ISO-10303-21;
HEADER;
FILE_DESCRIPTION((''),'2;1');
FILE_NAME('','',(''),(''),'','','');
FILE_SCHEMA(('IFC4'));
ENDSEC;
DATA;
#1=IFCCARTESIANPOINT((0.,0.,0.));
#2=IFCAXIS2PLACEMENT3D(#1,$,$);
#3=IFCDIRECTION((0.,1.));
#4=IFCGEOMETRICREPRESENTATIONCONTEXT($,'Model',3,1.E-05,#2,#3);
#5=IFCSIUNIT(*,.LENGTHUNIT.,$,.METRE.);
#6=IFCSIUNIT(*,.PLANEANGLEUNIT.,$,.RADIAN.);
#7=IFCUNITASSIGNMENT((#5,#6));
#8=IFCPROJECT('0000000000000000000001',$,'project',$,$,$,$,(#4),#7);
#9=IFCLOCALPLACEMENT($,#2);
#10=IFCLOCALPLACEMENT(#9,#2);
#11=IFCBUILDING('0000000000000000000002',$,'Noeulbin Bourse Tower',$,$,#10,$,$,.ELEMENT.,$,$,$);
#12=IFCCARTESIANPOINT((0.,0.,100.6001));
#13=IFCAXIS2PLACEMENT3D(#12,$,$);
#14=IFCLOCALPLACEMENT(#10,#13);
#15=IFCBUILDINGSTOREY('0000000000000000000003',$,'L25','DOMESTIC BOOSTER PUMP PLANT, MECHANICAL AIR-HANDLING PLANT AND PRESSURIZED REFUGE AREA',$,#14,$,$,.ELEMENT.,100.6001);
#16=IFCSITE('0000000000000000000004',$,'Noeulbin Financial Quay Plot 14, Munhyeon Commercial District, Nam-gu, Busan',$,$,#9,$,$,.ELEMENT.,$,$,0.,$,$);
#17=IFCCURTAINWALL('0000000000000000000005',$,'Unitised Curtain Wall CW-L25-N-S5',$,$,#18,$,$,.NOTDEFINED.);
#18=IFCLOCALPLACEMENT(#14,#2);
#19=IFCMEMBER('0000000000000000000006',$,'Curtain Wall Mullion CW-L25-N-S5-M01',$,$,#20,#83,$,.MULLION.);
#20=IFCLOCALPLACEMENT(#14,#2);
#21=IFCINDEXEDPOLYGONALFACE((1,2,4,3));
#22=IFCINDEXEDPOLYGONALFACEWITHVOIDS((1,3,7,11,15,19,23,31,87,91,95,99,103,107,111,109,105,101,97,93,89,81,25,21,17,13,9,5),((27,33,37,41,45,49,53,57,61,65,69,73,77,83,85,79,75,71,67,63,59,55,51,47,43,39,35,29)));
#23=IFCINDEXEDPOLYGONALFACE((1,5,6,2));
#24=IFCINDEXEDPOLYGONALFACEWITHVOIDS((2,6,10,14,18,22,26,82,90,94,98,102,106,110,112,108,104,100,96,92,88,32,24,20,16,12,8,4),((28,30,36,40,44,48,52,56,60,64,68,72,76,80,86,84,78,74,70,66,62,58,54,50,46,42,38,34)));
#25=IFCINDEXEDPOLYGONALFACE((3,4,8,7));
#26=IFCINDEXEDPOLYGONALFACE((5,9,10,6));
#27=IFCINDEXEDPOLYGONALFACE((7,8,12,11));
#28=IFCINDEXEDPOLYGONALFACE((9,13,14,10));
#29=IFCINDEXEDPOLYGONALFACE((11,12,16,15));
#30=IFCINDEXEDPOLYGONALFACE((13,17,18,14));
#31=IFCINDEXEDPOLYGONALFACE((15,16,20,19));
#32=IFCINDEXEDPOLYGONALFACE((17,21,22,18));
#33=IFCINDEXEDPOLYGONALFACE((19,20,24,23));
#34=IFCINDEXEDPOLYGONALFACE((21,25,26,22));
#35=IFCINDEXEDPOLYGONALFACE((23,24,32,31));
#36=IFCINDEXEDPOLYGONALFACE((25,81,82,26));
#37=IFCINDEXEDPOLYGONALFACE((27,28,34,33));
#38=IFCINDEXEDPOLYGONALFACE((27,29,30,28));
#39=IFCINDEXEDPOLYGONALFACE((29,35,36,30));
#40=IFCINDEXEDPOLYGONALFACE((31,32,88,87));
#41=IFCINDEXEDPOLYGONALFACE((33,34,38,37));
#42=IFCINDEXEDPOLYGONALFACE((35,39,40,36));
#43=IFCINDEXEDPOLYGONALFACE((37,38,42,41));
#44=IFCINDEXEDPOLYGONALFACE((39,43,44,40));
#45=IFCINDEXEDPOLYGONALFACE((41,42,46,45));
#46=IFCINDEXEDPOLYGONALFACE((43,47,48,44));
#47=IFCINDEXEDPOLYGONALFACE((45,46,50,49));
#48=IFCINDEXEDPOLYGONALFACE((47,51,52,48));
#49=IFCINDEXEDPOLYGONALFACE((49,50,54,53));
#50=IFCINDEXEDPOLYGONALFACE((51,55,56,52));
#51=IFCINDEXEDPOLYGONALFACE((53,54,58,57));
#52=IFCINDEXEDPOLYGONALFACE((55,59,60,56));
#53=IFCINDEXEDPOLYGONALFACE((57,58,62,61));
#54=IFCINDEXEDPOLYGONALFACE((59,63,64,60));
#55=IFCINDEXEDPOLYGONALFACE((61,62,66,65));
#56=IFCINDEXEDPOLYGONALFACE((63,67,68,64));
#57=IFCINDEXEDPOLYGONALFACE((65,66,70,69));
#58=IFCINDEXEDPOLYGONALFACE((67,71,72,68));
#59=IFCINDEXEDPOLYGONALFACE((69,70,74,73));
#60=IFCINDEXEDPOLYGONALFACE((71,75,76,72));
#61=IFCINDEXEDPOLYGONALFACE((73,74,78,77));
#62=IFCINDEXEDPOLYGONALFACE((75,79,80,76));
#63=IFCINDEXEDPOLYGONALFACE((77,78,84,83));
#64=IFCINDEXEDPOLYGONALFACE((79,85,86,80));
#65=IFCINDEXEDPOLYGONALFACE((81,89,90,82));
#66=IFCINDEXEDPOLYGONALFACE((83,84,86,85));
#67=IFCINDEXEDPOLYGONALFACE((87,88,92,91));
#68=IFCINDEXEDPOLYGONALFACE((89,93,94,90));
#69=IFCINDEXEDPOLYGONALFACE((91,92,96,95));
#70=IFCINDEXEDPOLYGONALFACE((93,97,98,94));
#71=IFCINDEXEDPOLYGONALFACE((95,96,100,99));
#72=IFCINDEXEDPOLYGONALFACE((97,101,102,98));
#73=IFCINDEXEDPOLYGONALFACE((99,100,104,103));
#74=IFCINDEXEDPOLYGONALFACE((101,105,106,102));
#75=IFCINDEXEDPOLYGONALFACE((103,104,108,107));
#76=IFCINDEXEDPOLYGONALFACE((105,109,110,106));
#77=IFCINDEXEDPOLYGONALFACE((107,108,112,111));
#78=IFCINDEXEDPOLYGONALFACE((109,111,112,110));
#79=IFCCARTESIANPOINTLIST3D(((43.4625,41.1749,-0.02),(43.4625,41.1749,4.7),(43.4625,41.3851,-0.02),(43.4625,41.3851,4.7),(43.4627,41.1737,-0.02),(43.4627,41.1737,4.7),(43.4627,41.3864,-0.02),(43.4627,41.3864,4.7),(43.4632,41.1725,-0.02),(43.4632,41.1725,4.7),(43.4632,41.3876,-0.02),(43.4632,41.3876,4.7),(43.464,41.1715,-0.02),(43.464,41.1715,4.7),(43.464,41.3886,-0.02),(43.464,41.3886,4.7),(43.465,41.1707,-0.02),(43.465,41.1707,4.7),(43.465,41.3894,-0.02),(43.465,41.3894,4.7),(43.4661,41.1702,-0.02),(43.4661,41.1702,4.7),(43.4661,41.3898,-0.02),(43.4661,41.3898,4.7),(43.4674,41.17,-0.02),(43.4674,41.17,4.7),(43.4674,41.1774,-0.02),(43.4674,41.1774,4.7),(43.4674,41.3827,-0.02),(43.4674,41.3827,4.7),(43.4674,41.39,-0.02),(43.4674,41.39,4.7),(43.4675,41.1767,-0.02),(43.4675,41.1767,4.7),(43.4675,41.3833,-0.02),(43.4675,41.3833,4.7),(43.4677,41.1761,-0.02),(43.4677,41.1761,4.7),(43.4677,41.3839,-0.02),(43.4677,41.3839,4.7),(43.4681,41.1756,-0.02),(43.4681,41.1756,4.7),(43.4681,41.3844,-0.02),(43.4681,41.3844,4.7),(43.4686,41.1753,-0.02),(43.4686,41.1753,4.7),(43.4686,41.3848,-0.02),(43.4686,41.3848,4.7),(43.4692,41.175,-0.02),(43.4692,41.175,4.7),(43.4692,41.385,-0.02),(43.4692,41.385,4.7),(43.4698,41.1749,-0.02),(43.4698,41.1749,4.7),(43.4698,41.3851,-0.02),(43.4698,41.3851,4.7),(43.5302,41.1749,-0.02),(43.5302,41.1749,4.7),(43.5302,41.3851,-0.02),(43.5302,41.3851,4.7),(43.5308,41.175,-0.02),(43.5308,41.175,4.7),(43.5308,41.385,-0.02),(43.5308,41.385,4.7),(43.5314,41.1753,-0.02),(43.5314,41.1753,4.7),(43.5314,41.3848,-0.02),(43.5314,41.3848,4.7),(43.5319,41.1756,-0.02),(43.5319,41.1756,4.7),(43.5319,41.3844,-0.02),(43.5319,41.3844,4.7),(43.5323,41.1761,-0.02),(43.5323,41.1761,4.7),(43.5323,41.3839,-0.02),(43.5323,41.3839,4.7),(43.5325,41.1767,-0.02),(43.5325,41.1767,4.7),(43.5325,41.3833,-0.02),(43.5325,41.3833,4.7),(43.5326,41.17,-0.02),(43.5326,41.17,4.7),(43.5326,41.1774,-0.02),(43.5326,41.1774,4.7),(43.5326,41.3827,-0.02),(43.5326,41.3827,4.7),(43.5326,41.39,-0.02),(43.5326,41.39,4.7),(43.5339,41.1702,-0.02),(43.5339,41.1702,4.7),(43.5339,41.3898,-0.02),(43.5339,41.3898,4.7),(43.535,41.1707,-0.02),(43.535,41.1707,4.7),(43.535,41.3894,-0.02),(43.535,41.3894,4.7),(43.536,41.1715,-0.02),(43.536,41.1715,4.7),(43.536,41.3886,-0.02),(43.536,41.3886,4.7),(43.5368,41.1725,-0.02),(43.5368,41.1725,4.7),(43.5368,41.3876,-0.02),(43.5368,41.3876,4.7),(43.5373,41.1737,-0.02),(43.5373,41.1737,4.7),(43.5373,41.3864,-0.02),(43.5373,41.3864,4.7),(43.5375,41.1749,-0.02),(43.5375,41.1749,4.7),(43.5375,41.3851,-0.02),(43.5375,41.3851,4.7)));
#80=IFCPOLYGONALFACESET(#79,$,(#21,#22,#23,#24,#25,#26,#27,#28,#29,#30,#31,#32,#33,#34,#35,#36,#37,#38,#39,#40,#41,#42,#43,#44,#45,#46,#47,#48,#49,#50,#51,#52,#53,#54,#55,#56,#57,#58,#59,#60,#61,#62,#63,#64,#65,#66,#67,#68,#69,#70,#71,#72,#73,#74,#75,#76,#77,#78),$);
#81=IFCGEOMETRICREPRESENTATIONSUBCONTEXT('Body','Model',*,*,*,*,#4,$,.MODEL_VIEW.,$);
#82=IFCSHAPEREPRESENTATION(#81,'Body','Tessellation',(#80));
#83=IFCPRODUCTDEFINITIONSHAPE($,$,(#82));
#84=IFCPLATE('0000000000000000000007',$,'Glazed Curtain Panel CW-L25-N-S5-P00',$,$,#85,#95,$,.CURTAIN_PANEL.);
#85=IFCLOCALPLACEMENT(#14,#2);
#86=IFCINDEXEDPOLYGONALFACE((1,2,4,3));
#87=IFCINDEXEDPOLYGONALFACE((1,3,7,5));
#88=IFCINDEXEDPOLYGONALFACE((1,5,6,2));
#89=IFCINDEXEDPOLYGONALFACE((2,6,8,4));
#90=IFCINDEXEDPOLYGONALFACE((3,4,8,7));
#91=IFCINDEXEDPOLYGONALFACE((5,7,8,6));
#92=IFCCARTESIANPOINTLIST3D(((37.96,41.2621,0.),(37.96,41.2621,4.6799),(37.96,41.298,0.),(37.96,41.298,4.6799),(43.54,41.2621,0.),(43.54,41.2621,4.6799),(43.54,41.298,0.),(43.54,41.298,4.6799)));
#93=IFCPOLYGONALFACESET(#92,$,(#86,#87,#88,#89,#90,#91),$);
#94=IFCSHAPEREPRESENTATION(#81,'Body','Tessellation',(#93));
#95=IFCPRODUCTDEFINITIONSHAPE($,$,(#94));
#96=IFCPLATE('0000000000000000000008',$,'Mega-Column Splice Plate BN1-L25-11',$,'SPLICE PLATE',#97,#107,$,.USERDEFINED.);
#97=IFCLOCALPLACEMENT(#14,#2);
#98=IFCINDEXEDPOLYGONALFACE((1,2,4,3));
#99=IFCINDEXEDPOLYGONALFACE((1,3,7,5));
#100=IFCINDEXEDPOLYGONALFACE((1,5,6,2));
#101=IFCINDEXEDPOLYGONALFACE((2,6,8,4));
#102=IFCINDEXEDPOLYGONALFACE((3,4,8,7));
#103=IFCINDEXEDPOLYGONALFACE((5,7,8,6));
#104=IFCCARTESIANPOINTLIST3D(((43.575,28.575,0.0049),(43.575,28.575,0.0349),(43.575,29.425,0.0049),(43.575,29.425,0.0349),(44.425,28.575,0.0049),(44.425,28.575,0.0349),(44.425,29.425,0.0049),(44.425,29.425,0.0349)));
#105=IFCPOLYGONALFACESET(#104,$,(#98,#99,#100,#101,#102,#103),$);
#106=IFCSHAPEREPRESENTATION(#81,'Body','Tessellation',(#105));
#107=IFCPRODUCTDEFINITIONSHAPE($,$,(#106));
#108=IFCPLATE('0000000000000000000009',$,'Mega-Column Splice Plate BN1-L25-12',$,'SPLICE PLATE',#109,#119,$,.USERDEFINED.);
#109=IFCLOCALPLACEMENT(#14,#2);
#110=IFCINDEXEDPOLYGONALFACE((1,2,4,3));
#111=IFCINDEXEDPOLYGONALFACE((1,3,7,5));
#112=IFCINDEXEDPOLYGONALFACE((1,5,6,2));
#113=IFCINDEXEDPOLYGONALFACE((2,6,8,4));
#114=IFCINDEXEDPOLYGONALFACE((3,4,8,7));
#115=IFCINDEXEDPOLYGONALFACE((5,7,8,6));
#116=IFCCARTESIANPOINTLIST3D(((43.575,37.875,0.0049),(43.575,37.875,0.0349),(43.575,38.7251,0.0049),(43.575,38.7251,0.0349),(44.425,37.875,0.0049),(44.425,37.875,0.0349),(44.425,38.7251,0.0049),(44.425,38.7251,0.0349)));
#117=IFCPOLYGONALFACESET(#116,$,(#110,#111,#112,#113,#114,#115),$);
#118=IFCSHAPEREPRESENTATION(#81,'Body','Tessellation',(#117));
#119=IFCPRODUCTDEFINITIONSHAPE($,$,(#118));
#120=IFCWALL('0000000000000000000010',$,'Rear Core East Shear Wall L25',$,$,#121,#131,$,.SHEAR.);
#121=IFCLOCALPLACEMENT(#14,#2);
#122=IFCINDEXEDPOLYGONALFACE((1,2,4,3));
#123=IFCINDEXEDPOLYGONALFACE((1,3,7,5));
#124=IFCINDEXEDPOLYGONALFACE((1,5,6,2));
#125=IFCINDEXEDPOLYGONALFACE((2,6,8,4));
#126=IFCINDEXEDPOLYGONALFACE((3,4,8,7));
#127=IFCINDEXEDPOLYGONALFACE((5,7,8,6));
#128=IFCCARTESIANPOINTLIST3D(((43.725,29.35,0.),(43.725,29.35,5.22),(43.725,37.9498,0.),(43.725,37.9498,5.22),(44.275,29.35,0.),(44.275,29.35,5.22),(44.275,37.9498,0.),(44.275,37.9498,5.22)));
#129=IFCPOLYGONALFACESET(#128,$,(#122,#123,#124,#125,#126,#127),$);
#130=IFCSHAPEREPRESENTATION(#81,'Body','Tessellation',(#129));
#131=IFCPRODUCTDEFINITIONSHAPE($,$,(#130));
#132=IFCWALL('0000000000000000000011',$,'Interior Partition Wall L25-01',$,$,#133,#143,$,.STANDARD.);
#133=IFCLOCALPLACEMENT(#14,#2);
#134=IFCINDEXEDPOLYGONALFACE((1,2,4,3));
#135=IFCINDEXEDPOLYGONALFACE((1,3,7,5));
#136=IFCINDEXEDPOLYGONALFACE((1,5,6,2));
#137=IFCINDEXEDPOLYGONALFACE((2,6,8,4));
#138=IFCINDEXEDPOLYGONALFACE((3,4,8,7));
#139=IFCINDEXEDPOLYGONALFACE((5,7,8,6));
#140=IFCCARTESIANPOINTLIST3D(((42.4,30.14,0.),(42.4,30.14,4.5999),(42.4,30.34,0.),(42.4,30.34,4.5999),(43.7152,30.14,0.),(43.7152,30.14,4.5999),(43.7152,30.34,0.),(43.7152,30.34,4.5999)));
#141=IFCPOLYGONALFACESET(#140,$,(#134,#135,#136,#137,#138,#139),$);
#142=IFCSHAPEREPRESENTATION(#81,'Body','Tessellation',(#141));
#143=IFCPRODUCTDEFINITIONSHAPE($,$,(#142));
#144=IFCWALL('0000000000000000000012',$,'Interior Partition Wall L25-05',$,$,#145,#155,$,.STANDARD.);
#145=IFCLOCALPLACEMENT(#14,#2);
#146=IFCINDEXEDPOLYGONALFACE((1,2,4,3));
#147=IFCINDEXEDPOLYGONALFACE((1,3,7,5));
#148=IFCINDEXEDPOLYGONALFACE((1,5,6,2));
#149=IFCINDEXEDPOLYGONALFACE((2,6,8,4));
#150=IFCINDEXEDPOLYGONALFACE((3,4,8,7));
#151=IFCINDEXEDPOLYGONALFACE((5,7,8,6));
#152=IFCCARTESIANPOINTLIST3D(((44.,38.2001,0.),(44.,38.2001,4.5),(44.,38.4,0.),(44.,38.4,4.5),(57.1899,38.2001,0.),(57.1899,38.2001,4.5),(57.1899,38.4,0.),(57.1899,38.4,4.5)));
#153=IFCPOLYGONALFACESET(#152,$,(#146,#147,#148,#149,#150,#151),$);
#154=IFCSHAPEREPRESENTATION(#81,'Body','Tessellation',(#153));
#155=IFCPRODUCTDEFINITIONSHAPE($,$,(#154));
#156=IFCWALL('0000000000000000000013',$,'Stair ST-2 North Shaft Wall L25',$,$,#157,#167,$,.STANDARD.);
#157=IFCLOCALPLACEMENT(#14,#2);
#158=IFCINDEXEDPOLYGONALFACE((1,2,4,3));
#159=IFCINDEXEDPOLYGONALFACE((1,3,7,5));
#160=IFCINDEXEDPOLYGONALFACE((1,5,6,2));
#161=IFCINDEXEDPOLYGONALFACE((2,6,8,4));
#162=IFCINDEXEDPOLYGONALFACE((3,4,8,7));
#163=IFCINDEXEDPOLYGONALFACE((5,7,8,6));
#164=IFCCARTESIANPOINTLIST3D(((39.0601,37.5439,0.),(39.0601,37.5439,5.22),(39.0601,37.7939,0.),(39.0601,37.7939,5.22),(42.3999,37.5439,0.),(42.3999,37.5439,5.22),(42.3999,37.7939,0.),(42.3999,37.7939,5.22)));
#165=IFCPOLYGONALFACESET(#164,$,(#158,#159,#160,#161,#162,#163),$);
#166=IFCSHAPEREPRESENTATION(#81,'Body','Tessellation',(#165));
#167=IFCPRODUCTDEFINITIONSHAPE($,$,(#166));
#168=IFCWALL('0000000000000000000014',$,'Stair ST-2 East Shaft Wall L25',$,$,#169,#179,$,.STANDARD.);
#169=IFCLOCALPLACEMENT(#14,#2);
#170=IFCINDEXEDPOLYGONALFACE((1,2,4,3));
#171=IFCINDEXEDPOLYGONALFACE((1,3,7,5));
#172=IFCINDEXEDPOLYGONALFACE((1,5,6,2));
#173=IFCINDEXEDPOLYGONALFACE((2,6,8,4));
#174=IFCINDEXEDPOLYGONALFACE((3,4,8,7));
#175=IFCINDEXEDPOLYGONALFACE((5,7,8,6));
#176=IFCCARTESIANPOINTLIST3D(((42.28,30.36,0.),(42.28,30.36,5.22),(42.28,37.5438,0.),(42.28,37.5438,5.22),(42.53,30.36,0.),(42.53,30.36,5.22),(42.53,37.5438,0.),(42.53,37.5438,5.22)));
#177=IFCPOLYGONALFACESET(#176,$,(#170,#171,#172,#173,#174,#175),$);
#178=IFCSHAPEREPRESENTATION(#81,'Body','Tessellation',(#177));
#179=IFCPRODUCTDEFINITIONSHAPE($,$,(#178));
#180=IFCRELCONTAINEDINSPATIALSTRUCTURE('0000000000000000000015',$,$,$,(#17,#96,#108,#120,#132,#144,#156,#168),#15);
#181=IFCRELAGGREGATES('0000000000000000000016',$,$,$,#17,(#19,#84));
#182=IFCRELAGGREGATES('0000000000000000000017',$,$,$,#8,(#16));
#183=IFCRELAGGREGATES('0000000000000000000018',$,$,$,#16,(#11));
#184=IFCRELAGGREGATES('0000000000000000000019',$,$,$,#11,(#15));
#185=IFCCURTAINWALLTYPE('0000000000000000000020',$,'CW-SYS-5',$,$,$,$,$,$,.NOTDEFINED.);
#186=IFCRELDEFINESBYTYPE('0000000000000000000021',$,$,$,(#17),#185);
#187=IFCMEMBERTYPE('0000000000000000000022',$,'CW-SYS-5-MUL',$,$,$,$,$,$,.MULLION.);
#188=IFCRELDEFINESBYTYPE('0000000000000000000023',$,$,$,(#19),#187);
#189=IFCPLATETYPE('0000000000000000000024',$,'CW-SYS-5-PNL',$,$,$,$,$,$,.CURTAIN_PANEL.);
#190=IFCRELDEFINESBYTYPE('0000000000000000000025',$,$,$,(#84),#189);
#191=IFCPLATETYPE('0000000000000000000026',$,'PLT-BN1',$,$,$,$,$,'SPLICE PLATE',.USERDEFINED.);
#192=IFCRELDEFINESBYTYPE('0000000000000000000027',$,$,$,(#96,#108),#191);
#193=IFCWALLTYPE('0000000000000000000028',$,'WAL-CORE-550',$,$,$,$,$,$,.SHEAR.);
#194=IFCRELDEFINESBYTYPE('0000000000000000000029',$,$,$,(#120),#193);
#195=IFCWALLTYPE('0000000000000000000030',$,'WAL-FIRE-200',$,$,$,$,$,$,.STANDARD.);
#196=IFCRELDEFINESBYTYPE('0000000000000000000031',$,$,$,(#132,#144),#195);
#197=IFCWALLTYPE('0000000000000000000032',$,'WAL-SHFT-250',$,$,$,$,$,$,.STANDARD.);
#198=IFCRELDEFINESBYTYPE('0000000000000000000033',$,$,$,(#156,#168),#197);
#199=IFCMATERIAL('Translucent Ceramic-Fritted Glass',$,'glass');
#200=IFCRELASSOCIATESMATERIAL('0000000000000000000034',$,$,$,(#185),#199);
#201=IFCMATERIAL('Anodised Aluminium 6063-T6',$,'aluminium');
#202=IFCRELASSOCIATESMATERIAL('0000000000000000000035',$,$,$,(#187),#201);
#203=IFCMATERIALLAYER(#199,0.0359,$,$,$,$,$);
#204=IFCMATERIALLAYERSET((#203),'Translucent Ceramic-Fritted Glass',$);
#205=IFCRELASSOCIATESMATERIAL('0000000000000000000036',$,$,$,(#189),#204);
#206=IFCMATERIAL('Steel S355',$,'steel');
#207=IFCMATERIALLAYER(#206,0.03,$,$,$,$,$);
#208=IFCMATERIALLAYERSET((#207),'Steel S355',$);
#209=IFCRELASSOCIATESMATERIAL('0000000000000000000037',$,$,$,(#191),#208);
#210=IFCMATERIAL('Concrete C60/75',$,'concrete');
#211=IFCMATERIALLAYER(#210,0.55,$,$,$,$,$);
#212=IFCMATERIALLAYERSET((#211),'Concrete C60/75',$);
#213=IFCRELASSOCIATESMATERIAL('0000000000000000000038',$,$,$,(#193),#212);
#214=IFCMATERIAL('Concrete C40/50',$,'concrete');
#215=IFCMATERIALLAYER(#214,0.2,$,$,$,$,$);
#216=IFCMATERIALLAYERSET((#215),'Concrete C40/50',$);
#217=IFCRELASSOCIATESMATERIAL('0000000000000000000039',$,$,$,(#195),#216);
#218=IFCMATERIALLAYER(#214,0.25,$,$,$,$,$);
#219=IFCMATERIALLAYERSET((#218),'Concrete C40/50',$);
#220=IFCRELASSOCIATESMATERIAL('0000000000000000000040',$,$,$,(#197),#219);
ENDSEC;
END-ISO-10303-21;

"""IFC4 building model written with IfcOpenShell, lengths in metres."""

from ifc_helpers import new_model, si_unit, direction, frame, frame_2d, origin, origin_2d, place, context, subcontext, project, spatial, rectangle, hollow_rectangle, extrude, material, layer, layer_set, material_profile, profile_set, type_object, element, aggregate, save


model = new_model("IFC4")

# Units and contexts
model_context = context("Model", 3, precision=1e-05, world=origin(), true_north=direction((0.0, 1.0)))
body_context = subcontext(model_context, "Body", "Model", "MODEL_VIEW")
ifc_project = project(units=[si_unit("LENGTHUNIT", "METRE"), si_unit("PLANEANGLEUNIT", "RADIAN")], contexts=[model_context])

# Site, building, storey
site_placement = place(None, origin())
site = spatial("IfcSite", under=ifc_project, at=site_placement, Name="Noeulbin Financial Quay Plot 14, Munhyeon Commercial District, Nam-gu, Busan", CompositionType="ELEMENT", RefElevation=0.0)
building_placement = place(site_placement, origin())
building = spatial("IfcBuilding", under=site, at=building_placement, Name="Noeulbin Bourse Tower", CompositionType="ELEMENT")
storey_placement = place(building_placement, frame((0.0, 0.0, 100.6001)))
storey = spatial("IfcBuildingStorey", under=building, at=storey_placement, Name="L25", Description="DOMESTIC BOOSTER PUMP PLANT, MECHANICAL AIR-HANDLING PLANT AND PRESSURIZED REFUGE AREA", CompositionType="ELEMENT", Elevation=100.6001)

# Shared definitions
ifc_material_1 = material(Name="Steel S355", Category="steel")

# Curtain wall, member, plate
ifc_material_2 = material(Name="Translucent Ceramic-Fritted Glass", Category="glass")
curtain_wall_type = type_object("IfcCurtainWallType", Name="CW-SYS-5", PredefinedType="NOTDEFINED", material=ifc_material_2)
curtain_wall_placement = place(storey_placement, origin())
curtain_wall = element("IfcCurtainWall", 1, at=curtain_wall_placement, inside=storey, type_object=curtain_wall_type, Name="Unitised Curtain Wall CW-L25-N-S5", PredefinedType="NOTDEFINED")
ifc_material_3 = material(Name="Anodised Aluminium 6063-T6", Category="aluminium")
ifc_material_profile_1 = material_profile(ifc_material_3, hollow_rectangle(XDim=0.075, YDim=0.22, WallThickness=0.0049, InnerFilletRadius=0.0024, OuterFilletRadius=0.0049, at=origin_2d()), Name="ALU-MULL-75x220x5", Category="LoadBearing")
ifc_profile_set_1 = profile_set([ifc_material_profile_1], Name="Anodised Aluminium 6063-T6")
member_type = type_object("IfcMemberType", Name="CW-SYS-5-MUL", PredefinedType="MULLION", material=ifc_profile_set_1)
member_placement = place(storey_placement, frame((43.5, 41.28, -0.02), z_axis=(0.0, 0.0, 1.0), x_axis=(1.0, 0.0, 0.0)))
member = element("IfcMember", 2, at=member_placement, type_object=member_type, Name="Curtain Wall Mullion CW-L25-N-S5-M01", PredefinedType="MULLION", context=body_context, shape_type="SweptSolid", body=[
    extrude(hollow_rectangle(XDim=0.075, YDim=0.22, WallThickness=0.0049, InnerFilletRadius=0.0024, OuterFilletRadius=0.0049, at=origin_2d()), origin(), (0.0, 0.0, 1.0), 4.72),
])
ifc_layer_1 = layer(ifc_material_2, 0.0359)
ifc_layer_set_1 = layer_set([ifc_layer_1], Name="Translucent Ceramic-Fritted Glass")
plate_type_1 = type_object("IfcPlateType", Name="CW-SYS-5-PNL", PredefinedType="CURTAIN_PANEL", material=ifc_layer_set_1)
plate_placement = place(storey_placement, frame((40.75, 41.28, 0.0), z_axis=(0.0, 0.0, 1.0), x_axis=(1.0, 0.0, 0.0)))
plate = element("IfcPlate", 3, at=plate_placement, type_object=plate_type_1, Name="Glazed Curtain Panel CW-L25-N-S5-P00", PredefinedType="CURTAIN_PANEL", context=body_context, shape_type="SweptSolid", body=[
    extrude(rectangle(XDim=5.5801, YDim=0.0359, at=origin_2d()), origin(), (0.0, 0.0, 1.0), 4.6799),
])
aggregate(curtain_wall, [member, plate])

# Plates
ifc_layer_2 = layer(ifc_material_1, 0.03)
ifc_layer_set_2 = layer_set([ifc_layer_2], Name="Steel S355")
plate_type_2 = type_object("IfcPlateType", Name="PLT-BN1", ElementType="SPLICE PLATE", PredefinedType="USERDEFINED", material=ifc_layer_set_2)
for number, where, z_axis, x_axis, name in (
    (4, (44.0, 29.0, 0.0049), (0.0, 0.0, 1.0), (1.0, 0.0, 0.0), "Mega-Column Splice Plate BN1-L25-11"),
    (5, (44.0, 38.3, 0.0049), (0.0, 0.0, 1.0), (1.0, 0.0, 0.0), "Mega-Column Splice Plate BN1-L25-12"),
):
    element("IfcPlate", number, at=place(storey_placement, frame(where, z_axis=z_axis, x_axis=x_axis)), inside=storey, type_object=plate_type_2, Name=name, ObjectType="SPLICE PLATE", PredefinedType="USERDEFINED", context=body_context, shape_type="SweptSolid", body=[
        extrude(rectangle(XDim=0.8501, YDim=0.8501, at=origin_2d()), origin(), (0.0, 0.0, 1.0), 0.03),
    ])

# Walls
ifc_material_4 = material(Name="Concrete C60/75", Category="concrete")
ifc_layer_3 = layer(ifc_material_4, 0.55)
ifc_layer_set_3 = layer_set([ifc_layer_3], Name="Concrete C60/75")
wall_type_1 = type_object("IfcWallType", Name="WAL-CORE-550", PredefinedType="SHEAR", material=ifc_layer_set_3)
wall_1_placement = place(storey_placement, frame((44.0, 29.3501, 0.0), z_axis=(0.0, 0.0, 1.0), x_axis=(0.0, 1.0, 0.0)))
element("IfcWall", 6, at=wall_1_placement, inside=storey, type_object=wall_type_1, Name="Rear Core East Shear Wall L25", PredefinedType="SHEAR", context=body_context, shape_type="SweptSolid", body=[
    extrude(rectangle(XDim=8.5999, YDim=0.55, at=frame_2d((4.2998, 0.0))), origin(), (0.0, 0.0, 1.0), 5.22),
])
ifc_material_5 = material(Name="Concrete C40/50", Category="concrete")
ifc_layer_4 = layer(ifc_material_5, 0.2)
ifc_layer_set_4 = layer_set([ifc_layer_4], Name="Concrete C40/50")
wall_type_2 = type_object("IfcWallType", Name="WAL-FIRE-200", PredefinedType="STANDARD", material=ifc_layer_set_4)
wall_2_placement = place(storey_placement, frame((42.3999, 30.24, 0.0), z_axis=(0.0, 0.0, 1.0), x_axis=(1.0, 0.0, 0.0)))
element("IfcWall", 7, at=wall_2_placement, inside=storey, type_object=wall_type_2, Name="Interior Partition Wall L25-01", PredefinedType="STANDARD", context=body_context, shape_type="SweptSolid", body=[
    extrude(rectangle(XDim=1.3152, YDim=0.2, at=frame_2d((0.6577, 0.0))), origin(), (0.0, 0.0, 1.0), 4.5999),
])
wall_3_placement = place(storey_placement, frame((44.0, 38.3, 0.0), z_axis=(0.0, 0.0, 1.0), x_axis=(1.0, 0.0, 0.0)))
element("IfcWall", 8, at=wall_3_placement, inside=storey, type_object=wall_type_2, Name="Interior Partition Wall L25-05", PredefinedType="STANDARD", context=body_context, shape_type="SweptSolid", body=[
    extrude(rectangle(XDim=13.1899, YDim=0.2, at=frame_2d((6.595, 0.0))), origin(), (0.0, 0.0, 1.0), 4.5),
])
ifc_layer_5 = layer(ifc_material_5, 0.25)
ifc_layer_set_5 = layer_set([ifc_layer_5], Name="Concrete C40/50")
wall_type_3 = type_object("IfcWallType", Name="WAL-SHFT-250", PredefinedType="STANDARD", material=ifc_layer_set_5)
wall_4_placement = place(storey_placement, frame((39.0601, 37.6689, 0.0), z_axis=(0.0, 0.0, 1.0), x_axis=(1.0, 0.0, 0.0)))
element("IfcWall", 9, at=wall_4_placement, inside=storey, type_object=wall_type_3, Name="Stair ST-2 North Shaft Wall L25", PredefinedType="STANDARD", context=body_context, shape_type="SweptSolid", body=[
    extrude(rectangle(XDim=3.3398, YDim=0.25, at=frame_2d((1.6699, 0.0))), origin(), (0.0, 0.0, 1.0), 5.22),
])
wall_5_placement = place(storey_placement, frame((42.405, 30.3601, 0.0), z_axis=(0.0, 0.0, 1.0), x_axis=(0.0, 1.0, 0.0)))
element("IfcWall", 10, at=wall_5_placement, inside=storey, type_object=wall_type_3, Name="Stair ST-2 East Shaft Wall L25", PredefinedType="STANDARD", context=body_context, shape_type="SweptSolid", body=[
    extrude(rectangle(XDim=7.1838, YDim=0.25, at=frame_2d((3.5918, 0.0))), origin(), (0.0, 0.0, 1.0), 5.22),
])

save(model, "model.ifc")
